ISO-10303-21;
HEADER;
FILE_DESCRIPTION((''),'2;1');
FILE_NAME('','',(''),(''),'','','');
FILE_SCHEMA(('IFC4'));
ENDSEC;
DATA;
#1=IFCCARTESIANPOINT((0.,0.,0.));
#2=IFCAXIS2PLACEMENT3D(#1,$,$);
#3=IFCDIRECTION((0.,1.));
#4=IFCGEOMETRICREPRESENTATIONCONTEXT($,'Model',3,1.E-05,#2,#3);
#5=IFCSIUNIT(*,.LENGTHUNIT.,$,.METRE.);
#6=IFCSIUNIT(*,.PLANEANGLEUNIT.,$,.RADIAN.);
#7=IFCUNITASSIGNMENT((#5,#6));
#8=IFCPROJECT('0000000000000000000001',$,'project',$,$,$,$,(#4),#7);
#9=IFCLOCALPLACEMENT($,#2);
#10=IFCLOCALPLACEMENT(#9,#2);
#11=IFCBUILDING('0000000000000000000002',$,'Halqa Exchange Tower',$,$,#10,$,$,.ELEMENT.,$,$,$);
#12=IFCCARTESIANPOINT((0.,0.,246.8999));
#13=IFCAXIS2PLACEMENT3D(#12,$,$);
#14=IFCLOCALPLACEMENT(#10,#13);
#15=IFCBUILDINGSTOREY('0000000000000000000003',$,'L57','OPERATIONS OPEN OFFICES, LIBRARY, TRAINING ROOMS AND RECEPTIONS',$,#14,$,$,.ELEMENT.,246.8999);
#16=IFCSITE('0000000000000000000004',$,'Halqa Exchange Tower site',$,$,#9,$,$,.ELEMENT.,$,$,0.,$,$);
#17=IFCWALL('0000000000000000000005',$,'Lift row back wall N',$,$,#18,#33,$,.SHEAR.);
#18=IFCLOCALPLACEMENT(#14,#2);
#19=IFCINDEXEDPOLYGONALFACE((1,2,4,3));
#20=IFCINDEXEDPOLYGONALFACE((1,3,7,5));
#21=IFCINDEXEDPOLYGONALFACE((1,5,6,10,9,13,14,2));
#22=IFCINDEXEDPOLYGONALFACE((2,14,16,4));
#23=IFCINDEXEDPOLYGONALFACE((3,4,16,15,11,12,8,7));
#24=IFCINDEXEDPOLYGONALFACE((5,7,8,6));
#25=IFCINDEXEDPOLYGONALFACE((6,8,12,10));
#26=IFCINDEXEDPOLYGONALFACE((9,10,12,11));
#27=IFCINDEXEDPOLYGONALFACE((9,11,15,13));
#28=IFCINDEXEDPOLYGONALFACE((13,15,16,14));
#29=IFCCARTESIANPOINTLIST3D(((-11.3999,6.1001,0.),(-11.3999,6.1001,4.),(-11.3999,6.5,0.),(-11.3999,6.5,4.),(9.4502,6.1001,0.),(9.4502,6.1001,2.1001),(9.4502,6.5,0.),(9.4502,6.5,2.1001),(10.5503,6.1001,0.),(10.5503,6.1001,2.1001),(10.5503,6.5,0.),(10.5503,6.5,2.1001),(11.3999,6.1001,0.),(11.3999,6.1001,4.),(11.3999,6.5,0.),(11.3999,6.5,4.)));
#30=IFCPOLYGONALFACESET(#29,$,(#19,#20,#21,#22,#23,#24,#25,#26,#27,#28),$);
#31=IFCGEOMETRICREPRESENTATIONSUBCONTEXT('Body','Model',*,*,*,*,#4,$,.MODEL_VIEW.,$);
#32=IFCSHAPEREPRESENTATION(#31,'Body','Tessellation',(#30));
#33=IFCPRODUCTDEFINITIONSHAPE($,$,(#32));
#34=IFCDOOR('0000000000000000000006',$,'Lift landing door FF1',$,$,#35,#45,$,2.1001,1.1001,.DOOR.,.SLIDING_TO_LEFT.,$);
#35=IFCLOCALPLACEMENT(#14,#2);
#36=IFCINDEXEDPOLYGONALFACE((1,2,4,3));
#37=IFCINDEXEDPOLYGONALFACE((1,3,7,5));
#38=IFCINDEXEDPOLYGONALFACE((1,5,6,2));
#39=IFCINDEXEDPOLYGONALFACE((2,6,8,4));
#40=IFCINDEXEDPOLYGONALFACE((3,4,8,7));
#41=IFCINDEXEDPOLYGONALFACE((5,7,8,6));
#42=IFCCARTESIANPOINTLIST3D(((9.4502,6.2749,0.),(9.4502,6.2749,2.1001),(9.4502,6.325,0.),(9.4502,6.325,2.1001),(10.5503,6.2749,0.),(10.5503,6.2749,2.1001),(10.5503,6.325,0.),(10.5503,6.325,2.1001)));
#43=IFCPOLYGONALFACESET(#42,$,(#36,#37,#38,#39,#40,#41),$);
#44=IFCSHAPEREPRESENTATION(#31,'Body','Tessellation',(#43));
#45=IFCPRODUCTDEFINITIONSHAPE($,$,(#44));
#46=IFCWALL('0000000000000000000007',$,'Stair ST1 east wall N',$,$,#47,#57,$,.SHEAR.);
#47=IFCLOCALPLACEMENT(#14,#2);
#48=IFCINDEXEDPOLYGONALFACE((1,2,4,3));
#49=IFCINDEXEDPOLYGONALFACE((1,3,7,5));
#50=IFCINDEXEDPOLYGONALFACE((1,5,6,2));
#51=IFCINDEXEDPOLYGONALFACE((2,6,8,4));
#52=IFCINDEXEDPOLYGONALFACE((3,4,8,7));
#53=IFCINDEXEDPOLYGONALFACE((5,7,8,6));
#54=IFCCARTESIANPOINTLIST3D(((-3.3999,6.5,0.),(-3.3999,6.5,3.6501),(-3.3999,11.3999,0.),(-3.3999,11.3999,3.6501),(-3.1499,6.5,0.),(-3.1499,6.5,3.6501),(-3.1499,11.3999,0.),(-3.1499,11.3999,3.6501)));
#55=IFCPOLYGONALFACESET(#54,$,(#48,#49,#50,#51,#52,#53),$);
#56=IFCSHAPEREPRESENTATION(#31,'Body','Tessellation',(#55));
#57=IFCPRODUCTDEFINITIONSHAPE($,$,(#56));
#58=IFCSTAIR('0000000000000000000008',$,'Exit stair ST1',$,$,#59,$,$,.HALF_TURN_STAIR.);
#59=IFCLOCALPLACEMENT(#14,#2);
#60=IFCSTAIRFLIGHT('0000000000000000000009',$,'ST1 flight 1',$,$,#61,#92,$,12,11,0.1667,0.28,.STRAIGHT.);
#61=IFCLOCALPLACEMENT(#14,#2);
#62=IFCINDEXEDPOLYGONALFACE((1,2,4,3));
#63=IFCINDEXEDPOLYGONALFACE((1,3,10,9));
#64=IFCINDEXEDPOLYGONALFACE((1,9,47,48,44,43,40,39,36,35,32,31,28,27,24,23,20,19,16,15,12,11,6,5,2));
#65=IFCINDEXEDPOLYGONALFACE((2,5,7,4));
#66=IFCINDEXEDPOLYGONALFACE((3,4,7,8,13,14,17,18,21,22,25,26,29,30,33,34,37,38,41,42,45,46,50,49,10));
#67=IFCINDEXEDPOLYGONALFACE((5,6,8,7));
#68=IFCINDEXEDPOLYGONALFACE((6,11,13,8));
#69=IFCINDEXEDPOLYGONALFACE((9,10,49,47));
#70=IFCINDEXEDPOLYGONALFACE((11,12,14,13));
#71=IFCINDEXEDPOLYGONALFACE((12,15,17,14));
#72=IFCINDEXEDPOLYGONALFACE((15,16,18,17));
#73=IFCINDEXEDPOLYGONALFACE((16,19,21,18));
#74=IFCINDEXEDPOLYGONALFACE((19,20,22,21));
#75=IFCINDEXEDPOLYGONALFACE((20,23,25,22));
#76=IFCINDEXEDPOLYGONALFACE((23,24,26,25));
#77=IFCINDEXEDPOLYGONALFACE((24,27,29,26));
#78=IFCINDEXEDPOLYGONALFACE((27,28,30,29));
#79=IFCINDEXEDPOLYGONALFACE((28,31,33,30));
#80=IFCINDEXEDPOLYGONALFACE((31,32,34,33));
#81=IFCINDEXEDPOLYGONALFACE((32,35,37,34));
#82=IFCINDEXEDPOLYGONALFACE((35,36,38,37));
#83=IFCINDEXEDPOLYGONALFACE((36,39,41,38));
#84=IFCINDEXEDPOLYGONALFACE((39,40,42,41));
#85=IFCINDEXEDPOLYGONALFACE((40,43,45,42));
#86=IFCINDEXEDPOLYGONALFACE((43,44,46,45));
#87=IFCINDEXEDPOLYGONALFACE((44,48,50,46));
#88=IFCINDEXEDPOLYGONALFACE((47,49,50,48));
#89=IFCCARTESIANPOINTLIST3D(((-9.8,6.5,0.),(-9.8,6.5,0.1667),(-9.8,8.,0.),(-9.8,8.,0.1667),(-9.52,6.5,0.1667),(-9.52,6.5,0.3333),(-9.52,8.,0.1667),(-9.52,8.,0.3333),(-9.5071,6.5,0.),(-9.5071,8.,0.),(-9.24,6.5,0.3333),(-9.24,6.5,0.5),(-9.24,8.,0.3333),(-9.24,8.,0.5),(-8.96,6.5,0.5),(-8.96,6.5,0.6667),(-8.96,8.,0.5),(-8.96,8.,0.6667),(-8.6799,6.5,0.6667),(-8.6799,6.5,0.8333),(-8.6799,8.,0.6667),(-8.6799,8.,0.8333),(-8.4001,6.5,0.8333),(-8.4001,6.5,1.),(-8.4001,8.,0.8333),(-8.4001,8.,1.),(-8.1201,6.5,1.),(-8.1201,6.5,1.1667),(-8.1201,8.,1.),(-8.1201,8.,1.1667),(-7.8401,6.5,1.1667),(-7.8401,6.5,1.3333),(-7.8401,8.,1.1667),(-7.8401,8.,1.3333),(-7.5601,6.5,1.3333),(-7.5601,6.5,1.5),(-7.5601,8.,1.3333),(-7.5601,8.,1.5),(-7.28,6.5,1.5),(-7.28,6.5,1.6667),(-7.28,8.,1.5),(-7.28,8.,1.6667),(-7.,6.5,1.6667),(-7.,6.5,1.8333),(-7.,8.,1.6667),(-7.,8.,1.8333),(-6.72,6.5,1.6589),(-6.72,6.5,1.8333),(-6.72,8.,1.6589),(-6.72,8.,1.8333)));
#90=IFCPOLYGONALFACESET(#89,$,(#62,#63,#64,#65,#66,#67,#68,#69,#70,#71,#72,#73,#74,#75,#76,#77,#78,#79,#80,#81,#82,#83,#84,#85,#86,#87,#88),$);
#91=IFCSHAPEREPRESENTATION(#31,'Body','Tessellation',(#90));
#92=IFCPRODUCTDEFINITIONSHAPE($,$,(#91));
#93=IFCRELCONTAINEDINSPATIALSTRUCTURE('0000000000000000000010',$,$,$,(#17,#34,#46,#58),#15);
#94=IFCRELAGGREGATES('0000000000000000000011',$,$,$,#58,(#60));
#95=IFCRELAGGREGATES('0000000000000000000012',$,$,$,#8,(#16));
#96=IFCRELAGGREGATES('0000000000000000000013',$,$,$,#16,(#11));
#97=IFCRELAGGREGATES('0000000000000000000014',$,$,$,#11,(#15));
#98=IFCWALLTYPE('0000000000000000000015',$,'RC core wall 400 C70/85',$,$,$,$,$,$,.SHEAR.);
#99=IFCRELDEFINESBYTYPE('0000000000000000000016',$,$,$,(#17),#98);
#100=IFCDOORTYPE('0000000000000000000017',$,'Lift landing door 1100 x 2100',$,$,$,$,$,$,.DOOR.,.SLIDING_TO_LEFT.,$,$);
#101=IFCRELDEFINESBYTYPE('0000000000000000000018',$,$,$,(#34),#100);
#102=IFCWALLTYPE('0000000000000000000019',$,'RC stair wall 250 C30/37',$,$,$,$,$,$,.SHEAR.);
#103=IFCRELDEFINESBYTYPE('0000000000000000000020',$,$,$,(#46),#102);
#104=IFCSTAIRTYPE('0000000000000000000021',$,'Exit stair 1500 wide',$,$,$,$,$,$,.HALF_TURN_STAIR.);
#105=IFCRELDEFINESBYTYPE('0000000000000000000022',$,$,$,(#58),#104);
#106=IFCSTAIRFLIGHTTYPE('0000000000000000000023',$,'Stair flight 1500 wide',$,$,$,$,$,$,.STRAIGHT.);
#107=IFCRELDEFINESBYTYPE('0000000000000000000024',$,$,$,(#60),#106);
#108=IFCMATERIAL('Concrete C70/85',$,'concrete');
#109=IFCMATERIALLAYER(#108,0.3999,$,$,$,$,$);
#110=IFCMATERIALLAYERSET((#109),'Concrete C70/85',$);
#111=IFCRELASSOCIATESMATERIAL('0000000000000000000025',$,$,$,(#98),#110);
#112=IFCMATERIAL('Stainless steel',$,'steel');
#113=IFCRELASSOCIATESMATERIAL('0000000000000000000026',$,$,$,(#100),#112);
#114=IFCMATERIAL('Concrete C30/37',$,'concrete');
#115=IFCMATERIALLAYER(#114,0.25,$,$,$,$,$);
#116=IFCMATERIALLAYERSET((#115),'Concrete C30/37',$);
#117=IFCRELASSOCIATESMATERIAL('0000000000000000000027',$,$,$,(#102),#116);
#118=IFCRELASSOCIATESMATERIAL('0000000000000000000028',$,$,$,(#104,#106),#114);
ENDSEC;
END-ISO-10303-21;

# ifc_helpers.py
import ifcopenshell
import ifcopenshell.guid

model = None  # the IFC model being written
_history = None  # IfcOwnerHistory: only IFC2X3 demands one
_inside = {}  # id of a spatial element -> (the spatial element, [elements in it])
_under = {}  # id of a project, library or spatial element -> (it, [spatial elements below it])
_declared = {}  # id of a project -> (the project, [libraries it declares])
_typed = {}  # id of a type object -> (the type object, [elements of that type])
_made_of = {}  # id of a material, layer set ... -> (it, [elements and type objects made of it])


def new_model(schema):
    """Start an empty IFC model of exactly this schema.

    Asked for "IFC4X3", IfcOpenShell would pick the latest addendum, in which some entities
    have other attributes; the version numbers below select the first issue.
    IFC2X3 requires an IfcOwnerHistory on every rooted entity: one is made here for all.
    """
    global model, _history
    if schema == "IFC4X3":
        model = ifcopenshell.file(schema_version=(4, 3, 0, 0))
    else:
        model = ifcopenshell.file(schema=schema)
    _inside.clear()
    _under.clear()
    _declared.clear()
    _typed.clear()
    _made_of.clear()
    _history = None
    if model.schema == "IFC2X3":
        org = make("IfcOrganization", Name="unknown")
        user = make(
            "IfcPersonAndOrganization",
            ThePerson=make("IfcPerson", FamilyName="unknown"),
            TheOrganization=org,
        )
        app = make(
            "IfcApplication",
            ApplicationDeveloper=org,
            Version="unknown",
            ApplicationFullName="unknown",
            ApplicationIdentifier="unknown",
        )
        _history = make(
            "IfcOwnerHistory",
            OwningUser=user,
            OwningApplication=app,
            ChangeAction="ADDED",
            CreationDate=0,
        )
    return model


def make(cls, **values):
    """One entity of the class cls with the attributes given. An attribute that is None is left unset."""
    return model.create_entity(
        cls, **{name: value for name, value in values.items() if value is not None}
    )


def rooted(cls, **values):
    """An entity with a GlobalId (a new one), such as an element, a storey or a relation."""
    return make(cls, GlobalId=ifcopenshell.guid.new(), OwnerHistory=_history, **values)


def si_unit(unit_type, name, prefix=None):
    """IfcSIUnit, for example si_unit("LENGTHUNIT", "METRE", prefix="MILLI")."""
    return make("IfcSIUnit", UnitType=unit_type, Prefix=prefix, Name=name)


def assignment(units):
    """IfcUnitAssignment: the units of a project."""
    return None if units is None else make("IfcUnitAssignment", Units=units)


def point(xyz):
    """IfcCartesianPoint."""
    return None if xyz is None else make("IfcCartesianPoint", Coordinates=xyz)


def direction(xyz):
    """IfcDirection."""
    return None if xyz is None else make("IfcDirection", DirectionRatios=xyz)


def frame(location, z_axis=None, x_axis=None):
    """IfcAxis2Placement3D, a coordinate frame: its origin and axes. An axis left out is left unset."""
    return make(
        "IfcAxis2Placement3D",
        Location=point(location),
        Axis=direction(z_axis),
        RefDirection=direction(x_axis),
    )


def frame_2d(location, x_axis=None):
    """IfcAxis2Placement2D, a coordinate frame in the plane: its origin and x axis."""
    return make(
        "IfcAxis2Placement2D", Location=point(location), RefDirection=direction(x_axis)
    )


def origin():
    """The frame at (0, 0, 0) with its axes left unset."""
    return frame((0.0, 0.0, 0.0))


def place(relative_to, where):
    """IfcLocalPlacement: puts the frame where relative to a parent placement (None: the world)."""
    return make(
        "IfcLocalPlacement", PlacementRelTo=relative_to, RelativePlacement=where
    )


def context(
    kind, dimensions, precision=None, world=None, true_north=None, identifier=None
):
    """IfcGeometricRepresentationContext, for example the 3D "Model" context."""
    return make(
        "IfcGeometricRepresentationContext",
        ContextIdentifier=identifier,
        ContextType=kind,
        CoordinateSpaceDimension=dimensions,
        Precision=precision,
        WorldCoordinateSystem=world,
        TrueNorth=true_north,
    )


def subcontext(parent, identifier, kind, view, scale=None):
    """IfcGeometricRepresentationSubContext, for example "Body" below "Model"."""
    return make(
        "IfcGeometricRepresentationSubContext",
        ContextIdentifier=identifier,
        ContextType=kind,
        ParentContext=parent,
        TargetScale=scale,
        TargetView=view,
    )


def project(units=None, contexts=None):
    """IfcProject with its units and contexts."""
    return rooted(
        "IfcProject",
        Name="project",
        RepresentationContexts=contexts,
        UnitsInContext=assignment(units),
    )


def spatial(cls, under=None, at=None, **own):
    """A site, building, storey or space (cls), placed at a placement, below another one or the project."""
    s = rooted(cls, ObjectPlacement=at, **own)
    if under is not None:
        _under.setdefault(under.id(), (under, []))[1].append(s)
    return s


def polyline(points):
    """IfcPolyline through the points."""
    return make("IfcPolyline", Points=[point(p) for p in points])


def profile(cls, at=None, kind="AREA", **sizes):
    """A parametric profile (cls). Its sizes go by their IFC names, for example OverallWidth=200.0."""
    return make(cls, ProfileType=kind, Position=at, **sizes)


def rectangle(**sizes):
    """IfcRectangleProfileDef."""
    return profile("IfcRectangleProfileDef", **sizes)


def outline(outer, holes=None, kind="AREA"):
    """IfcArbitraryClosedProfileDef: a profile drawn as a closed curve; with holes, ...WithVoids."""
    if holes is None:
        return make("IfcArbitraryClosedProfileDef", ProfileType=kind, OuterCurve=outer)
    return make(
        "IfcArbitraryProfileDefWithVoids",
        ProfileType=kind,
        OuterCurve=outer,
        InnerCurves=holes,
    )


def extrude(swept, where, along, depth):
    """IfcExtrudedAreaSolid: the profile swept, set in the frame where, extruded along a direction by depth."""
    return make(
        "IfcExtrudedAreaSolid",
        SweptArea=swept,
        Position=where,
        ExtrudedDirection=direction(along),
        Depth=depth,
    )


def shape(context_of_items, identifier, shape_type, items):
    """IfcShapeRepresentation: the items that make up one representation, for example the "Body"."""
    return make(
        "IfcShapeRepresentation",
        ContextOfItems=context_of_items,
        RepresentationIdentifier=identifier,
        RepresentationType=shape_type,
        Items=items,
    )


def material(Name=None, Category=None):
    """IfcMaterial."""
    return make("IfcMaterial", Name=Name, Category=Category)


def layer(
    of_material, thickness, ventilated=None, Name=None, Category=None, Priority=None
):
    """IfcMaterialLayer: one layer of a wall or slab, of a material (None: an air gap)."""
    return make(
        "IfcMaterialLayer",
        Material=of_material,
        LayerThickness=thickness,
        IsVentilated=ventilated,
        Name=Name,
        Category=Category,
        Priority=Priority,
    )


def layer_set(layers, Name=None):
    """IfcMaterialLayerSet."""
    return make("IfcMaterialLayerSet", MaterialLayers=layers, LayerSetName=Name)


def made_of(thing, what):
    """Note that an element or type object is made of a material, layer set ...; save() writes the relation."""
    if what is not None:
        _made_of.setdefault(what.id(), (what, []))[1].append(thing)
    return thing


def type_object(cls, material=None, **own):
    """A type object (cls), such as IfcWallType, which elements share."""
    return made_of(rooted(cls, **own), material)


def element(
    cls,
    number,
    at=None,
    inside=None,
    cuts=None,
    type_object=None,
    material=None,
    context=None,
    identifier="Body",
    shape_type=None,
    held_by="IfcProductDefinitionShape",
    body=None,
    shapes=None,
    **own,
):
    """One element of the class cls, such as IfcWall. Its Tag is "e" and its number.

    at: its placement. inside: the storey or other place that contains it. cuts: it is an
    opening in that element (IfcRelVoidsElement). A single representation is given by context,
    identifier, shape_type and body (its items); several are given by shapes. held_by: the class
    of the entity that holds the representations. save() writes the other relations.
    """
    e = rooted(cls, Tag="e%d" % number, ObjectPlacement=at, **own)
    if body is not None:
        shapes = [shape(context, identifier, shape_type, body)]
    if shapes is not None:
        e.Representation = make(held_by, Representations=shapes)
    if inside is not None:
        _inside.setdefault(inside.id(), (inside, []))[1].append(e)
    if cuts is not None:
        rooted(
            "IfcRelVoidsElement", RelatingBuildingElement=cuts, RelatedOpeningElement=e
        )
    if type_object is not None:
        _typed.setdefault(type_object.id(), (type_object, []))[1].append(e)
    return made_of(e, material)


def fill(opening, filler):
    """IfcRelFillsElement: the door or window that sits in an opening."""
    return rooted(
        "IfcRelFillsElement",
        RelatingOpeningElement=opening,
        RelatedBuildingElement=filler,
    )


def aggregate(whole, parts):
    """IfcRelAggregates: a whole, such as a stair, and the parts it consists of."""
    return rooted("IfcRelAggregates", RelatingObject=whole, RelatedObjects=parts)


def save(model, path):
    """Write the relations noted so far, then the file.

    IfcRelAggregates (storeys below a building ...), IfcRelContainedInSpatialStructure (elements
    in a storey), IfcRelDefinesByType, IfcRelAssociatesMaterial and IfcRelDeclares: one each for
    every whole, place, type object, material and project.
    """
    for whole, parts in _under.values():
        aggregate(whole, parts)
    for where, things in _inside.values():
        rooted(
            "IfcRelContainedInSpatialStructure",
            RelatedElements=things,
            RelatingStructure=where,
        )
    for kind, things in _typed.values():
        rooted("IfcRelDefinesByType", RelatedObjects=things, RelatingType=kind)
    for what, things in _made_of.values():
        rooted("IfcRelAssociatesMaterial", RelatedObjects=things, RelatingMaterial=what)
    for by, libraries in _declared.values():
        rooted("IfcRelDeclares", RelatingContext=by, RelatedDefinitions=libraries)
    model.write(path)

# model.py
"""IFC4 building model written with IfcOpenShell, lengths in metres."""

from ifc_helpers import new_model, si_unit, direction, frame, frame_2d, origin, place, context, subcontext, project, spatial, polyline, rectangle, outline, extrude, material, layer, layer_set, type_object, element, fill, aggregate, save


model = new_model("IFC4")

# Units and contexts
model_context = context("Model", 3, precision=1e-05, world=origin(), true_north=direction((0.0, 1.0)))
body_context = subcontext(model_context, "Body", "Model", "MODEL_VIEW")
ifc_project = project(units=[si_unit("LENGTHUNIT", "METRE"), si_unit("PLANEANGLEUNIT", "RADIAN")], contexts=[model_context])

# Site, building, storey
site_placement = place(None, origin())
site = spatial("IfcSite", under=ifc_project, at=site_placement, Name="Halqa Exchange Tower site", CompositionType="ELEMENT", RefElevation=0.0)
building_placement = place(site_placement, origin())
building = spatial("IfcBuilding", under=site, at=building_placement, Name="Halqa Exchange Tower", CompositionType="ELEMENT")
storey_placement = place(building_placement, frame((0.0, 0.0, 246.8999)))
storey = spatial("IfcBuildingStorey", under=building, at=storey_placement, Name="L57", Description="OPERATIONS OPEN OFFICES, LIBRARY, TRAINING ROOMS AND RECEPTIONS", CompositionType="ELEMENT", Elevation=246.8999)

# Shared definitions
ifc_material_1 = material(Name="Concrete C70/85", Category="concrete")
ifc_layer_1 = layer(ifc_material_1, 0.3999)
ifc_layer_set_1 = layer_set([ifc_layer_1], Name="Concrete C70/85")
wall_type_1 = type_object("IfcWallType", Name="RC core wall 400 C70/85", PredefinedType="SHEAR", material=ifc_layer_set_1)
ifc_material_2 = material(Name="Stainless steel", Category="steel")
door_type_1 = type_object("IfcDoorType", Name="Lift landing door 1100 x 2100", OperationType="SLIDING_TO_LEFT", PredefinedType="DOOR", material=ifc_material_2)

# Wall, opening, door
wall_1_placement = place(storey_placement, frame((-11.3999, 6.3, 0.0), z_axis=(0.0, 0.0, 1.0), x_axis=(1.0, 0.0, 0.0)))
wall_1 = element("IfcWall", 1, at=wall_1_placement, inside=storey, type_object=wall_type_1, Name="Lift row back wall N", PredefinedType="SHEAR", context=body_context, shape_type="SweptSolid", body=[
    extrude(rectangle(XDim=22.7998, YDim=0.3999, at=frame_2d((11.3999, 0.0))), origin(), (0.0, 0.0, 1.0), 4.0),
])
opening_1_placement = place(wall_1_placement, frame((20.8501, 0.0, 0.0)))
opening_1 = element("IfcOpeningElement", 2, at=opening_1_placement, cuts=wall_1, PredefinedType="OPENING", context=body_context, shape_type="SweptSolid", body=[
    extrude(rectangle(XDim=1.1001, YDim=2.1001, at=frame_2d((0.55, 1.05))), frame((0.0, 0.2119, 0.0), z_axis=(0.0, -1.0, 0.0), x_axis=(1.0, 0.0, 0.0)), (0.0, 0.0, 1.0), 0.4238),
])
door_1_placement = place(opening_1_placement, origin())
door_1 = element("IfcDoor", 3, at=door_1_placement, inside=storey, type_object=door_type_1, Name="Lift landing door FF1", OperationType="SLIDING_TO_LEFT", OverallHeight=2.1001, OverallWidth=1.1001, PredefinedType="DOOR", context=body_context, shape_type="SweptSolid", body=[
    extrude(rectangle(XDim=1.1001, YDim=2.1001, at=frame_2d((0.55, 1.05))), frame((0.0, 0.0249, 0.0), z_axis=(0.0, -1.0, 0.0), x_axis=(1.0, 0.0, 0.0)), (0.0, 0.0, 1.0), 0.05),
])
fill(opening_1, door_1)

# Wall
ifc_material_3 = material(Name="Concrete C30/37", Category="concrete")
ifc_layer_2 = layer(ifc_material_3, 0.25)
ifc_layer_set_2 = layer_set([ifc_layer_2], Name="Concrete C30/37")
wall_type_2 = type_object("IfcWallType", Name="RC stair wall 250 C30/37", PredefinedType="SHEAR", material=ifc_layer_set_2)
wall_2_placement = place(storey_placement, frame((-3.2749, 6.5, 0.0), z_axis=(0.0, 0.0, 1.0), x_axis=(0.0, 1.0, 0.0)))
element("IfcWall", 4, at=wall_2_placement, inside=storey, type_object=wall_type_2, Name="Stair ST1 east wall N", PredefinedType="SHEAR", context=body_context, shape_type="SweptSolid", body=[
    extrude(rectangle(XDim=4.8999, YDim=0.25, at=frame_2d((2.45, 0.0))), origin(), (0.0, 0.0, 1.0), 3.6501),
])

# Stair, stair flight
stair_type = type_object("IfcStairType", Name="Exit stair 1500 wide", PredefinedType="HALF_TURN_STAIR", material=ifc_material_3)
stair_placement = place(storey_placement, origin())
stair = element("IfcStair", 5, at=stair_placement, inside=storey, type_object=stair_type, Name="Exit stair ST1", PredefinedType="HALF_TURN_STAIR")
stair_flight_type = type_object("IfcStairFlightType", Name="Stair flight 1500 wide", PredefinedType="STRAIGHT", material=ifc_material_3)
stair_flight_placement = place(storey_placement, frame((-9.8, 7.25, 0.0), z_axis=(0.0, 0.0, 1.0), x_axis=(1.0, 0.0, 0.0)))
stair_flight = element("IfcStairFlight", 6, at=stair_flight_placement, type_object=stair_flight_type, Name="ST1 flight 1", NumberOfRisers=12, NumberOfTreads=11, PredefinedType="STRAIGHT", RiserHeight=0.1667, TreadLength=0.28, context=body_context, shape_type="SweptSolid", body=[
    extrude(outline(polyline([(0.0, 0.0), (0.0, 0.1667), (0.28, 0.1667), (0.28, 0.3333), (0.5601, 0.3333), (0.5601, 0.5), (0.8401, 0.5), (0.8401, 0.6667), (1.1201, 0.6667), (1.1201, 0.8333), (1.3999, 0.8333), (1.3999, 1.0), (1.6799, 1.0), (1.6799, 1.1667), (1.96, 1.1667), (1.96, 1.3333), (2.24, 1.3333), (2.24, 1.5), (2.52, 1.5), (2.52, 1.6667), (2.8, 1.6667), (2.8, 1.8333), (3.0801, 1.8333), (3.0801, 2.0), (3.0801, 1.6589), (0.293, 0.0), (0.0, 0.0)])), frame((0.0, 0.75, 0.0), z_axis=(0.0, -1.0, 0.0), x_axis=(1.0, 0.0, 0.0)), (0.0, 0.0, 1.0), 1.5),
])
aggregate(stair, [stair_flight])

save(model, "model.ifc")
